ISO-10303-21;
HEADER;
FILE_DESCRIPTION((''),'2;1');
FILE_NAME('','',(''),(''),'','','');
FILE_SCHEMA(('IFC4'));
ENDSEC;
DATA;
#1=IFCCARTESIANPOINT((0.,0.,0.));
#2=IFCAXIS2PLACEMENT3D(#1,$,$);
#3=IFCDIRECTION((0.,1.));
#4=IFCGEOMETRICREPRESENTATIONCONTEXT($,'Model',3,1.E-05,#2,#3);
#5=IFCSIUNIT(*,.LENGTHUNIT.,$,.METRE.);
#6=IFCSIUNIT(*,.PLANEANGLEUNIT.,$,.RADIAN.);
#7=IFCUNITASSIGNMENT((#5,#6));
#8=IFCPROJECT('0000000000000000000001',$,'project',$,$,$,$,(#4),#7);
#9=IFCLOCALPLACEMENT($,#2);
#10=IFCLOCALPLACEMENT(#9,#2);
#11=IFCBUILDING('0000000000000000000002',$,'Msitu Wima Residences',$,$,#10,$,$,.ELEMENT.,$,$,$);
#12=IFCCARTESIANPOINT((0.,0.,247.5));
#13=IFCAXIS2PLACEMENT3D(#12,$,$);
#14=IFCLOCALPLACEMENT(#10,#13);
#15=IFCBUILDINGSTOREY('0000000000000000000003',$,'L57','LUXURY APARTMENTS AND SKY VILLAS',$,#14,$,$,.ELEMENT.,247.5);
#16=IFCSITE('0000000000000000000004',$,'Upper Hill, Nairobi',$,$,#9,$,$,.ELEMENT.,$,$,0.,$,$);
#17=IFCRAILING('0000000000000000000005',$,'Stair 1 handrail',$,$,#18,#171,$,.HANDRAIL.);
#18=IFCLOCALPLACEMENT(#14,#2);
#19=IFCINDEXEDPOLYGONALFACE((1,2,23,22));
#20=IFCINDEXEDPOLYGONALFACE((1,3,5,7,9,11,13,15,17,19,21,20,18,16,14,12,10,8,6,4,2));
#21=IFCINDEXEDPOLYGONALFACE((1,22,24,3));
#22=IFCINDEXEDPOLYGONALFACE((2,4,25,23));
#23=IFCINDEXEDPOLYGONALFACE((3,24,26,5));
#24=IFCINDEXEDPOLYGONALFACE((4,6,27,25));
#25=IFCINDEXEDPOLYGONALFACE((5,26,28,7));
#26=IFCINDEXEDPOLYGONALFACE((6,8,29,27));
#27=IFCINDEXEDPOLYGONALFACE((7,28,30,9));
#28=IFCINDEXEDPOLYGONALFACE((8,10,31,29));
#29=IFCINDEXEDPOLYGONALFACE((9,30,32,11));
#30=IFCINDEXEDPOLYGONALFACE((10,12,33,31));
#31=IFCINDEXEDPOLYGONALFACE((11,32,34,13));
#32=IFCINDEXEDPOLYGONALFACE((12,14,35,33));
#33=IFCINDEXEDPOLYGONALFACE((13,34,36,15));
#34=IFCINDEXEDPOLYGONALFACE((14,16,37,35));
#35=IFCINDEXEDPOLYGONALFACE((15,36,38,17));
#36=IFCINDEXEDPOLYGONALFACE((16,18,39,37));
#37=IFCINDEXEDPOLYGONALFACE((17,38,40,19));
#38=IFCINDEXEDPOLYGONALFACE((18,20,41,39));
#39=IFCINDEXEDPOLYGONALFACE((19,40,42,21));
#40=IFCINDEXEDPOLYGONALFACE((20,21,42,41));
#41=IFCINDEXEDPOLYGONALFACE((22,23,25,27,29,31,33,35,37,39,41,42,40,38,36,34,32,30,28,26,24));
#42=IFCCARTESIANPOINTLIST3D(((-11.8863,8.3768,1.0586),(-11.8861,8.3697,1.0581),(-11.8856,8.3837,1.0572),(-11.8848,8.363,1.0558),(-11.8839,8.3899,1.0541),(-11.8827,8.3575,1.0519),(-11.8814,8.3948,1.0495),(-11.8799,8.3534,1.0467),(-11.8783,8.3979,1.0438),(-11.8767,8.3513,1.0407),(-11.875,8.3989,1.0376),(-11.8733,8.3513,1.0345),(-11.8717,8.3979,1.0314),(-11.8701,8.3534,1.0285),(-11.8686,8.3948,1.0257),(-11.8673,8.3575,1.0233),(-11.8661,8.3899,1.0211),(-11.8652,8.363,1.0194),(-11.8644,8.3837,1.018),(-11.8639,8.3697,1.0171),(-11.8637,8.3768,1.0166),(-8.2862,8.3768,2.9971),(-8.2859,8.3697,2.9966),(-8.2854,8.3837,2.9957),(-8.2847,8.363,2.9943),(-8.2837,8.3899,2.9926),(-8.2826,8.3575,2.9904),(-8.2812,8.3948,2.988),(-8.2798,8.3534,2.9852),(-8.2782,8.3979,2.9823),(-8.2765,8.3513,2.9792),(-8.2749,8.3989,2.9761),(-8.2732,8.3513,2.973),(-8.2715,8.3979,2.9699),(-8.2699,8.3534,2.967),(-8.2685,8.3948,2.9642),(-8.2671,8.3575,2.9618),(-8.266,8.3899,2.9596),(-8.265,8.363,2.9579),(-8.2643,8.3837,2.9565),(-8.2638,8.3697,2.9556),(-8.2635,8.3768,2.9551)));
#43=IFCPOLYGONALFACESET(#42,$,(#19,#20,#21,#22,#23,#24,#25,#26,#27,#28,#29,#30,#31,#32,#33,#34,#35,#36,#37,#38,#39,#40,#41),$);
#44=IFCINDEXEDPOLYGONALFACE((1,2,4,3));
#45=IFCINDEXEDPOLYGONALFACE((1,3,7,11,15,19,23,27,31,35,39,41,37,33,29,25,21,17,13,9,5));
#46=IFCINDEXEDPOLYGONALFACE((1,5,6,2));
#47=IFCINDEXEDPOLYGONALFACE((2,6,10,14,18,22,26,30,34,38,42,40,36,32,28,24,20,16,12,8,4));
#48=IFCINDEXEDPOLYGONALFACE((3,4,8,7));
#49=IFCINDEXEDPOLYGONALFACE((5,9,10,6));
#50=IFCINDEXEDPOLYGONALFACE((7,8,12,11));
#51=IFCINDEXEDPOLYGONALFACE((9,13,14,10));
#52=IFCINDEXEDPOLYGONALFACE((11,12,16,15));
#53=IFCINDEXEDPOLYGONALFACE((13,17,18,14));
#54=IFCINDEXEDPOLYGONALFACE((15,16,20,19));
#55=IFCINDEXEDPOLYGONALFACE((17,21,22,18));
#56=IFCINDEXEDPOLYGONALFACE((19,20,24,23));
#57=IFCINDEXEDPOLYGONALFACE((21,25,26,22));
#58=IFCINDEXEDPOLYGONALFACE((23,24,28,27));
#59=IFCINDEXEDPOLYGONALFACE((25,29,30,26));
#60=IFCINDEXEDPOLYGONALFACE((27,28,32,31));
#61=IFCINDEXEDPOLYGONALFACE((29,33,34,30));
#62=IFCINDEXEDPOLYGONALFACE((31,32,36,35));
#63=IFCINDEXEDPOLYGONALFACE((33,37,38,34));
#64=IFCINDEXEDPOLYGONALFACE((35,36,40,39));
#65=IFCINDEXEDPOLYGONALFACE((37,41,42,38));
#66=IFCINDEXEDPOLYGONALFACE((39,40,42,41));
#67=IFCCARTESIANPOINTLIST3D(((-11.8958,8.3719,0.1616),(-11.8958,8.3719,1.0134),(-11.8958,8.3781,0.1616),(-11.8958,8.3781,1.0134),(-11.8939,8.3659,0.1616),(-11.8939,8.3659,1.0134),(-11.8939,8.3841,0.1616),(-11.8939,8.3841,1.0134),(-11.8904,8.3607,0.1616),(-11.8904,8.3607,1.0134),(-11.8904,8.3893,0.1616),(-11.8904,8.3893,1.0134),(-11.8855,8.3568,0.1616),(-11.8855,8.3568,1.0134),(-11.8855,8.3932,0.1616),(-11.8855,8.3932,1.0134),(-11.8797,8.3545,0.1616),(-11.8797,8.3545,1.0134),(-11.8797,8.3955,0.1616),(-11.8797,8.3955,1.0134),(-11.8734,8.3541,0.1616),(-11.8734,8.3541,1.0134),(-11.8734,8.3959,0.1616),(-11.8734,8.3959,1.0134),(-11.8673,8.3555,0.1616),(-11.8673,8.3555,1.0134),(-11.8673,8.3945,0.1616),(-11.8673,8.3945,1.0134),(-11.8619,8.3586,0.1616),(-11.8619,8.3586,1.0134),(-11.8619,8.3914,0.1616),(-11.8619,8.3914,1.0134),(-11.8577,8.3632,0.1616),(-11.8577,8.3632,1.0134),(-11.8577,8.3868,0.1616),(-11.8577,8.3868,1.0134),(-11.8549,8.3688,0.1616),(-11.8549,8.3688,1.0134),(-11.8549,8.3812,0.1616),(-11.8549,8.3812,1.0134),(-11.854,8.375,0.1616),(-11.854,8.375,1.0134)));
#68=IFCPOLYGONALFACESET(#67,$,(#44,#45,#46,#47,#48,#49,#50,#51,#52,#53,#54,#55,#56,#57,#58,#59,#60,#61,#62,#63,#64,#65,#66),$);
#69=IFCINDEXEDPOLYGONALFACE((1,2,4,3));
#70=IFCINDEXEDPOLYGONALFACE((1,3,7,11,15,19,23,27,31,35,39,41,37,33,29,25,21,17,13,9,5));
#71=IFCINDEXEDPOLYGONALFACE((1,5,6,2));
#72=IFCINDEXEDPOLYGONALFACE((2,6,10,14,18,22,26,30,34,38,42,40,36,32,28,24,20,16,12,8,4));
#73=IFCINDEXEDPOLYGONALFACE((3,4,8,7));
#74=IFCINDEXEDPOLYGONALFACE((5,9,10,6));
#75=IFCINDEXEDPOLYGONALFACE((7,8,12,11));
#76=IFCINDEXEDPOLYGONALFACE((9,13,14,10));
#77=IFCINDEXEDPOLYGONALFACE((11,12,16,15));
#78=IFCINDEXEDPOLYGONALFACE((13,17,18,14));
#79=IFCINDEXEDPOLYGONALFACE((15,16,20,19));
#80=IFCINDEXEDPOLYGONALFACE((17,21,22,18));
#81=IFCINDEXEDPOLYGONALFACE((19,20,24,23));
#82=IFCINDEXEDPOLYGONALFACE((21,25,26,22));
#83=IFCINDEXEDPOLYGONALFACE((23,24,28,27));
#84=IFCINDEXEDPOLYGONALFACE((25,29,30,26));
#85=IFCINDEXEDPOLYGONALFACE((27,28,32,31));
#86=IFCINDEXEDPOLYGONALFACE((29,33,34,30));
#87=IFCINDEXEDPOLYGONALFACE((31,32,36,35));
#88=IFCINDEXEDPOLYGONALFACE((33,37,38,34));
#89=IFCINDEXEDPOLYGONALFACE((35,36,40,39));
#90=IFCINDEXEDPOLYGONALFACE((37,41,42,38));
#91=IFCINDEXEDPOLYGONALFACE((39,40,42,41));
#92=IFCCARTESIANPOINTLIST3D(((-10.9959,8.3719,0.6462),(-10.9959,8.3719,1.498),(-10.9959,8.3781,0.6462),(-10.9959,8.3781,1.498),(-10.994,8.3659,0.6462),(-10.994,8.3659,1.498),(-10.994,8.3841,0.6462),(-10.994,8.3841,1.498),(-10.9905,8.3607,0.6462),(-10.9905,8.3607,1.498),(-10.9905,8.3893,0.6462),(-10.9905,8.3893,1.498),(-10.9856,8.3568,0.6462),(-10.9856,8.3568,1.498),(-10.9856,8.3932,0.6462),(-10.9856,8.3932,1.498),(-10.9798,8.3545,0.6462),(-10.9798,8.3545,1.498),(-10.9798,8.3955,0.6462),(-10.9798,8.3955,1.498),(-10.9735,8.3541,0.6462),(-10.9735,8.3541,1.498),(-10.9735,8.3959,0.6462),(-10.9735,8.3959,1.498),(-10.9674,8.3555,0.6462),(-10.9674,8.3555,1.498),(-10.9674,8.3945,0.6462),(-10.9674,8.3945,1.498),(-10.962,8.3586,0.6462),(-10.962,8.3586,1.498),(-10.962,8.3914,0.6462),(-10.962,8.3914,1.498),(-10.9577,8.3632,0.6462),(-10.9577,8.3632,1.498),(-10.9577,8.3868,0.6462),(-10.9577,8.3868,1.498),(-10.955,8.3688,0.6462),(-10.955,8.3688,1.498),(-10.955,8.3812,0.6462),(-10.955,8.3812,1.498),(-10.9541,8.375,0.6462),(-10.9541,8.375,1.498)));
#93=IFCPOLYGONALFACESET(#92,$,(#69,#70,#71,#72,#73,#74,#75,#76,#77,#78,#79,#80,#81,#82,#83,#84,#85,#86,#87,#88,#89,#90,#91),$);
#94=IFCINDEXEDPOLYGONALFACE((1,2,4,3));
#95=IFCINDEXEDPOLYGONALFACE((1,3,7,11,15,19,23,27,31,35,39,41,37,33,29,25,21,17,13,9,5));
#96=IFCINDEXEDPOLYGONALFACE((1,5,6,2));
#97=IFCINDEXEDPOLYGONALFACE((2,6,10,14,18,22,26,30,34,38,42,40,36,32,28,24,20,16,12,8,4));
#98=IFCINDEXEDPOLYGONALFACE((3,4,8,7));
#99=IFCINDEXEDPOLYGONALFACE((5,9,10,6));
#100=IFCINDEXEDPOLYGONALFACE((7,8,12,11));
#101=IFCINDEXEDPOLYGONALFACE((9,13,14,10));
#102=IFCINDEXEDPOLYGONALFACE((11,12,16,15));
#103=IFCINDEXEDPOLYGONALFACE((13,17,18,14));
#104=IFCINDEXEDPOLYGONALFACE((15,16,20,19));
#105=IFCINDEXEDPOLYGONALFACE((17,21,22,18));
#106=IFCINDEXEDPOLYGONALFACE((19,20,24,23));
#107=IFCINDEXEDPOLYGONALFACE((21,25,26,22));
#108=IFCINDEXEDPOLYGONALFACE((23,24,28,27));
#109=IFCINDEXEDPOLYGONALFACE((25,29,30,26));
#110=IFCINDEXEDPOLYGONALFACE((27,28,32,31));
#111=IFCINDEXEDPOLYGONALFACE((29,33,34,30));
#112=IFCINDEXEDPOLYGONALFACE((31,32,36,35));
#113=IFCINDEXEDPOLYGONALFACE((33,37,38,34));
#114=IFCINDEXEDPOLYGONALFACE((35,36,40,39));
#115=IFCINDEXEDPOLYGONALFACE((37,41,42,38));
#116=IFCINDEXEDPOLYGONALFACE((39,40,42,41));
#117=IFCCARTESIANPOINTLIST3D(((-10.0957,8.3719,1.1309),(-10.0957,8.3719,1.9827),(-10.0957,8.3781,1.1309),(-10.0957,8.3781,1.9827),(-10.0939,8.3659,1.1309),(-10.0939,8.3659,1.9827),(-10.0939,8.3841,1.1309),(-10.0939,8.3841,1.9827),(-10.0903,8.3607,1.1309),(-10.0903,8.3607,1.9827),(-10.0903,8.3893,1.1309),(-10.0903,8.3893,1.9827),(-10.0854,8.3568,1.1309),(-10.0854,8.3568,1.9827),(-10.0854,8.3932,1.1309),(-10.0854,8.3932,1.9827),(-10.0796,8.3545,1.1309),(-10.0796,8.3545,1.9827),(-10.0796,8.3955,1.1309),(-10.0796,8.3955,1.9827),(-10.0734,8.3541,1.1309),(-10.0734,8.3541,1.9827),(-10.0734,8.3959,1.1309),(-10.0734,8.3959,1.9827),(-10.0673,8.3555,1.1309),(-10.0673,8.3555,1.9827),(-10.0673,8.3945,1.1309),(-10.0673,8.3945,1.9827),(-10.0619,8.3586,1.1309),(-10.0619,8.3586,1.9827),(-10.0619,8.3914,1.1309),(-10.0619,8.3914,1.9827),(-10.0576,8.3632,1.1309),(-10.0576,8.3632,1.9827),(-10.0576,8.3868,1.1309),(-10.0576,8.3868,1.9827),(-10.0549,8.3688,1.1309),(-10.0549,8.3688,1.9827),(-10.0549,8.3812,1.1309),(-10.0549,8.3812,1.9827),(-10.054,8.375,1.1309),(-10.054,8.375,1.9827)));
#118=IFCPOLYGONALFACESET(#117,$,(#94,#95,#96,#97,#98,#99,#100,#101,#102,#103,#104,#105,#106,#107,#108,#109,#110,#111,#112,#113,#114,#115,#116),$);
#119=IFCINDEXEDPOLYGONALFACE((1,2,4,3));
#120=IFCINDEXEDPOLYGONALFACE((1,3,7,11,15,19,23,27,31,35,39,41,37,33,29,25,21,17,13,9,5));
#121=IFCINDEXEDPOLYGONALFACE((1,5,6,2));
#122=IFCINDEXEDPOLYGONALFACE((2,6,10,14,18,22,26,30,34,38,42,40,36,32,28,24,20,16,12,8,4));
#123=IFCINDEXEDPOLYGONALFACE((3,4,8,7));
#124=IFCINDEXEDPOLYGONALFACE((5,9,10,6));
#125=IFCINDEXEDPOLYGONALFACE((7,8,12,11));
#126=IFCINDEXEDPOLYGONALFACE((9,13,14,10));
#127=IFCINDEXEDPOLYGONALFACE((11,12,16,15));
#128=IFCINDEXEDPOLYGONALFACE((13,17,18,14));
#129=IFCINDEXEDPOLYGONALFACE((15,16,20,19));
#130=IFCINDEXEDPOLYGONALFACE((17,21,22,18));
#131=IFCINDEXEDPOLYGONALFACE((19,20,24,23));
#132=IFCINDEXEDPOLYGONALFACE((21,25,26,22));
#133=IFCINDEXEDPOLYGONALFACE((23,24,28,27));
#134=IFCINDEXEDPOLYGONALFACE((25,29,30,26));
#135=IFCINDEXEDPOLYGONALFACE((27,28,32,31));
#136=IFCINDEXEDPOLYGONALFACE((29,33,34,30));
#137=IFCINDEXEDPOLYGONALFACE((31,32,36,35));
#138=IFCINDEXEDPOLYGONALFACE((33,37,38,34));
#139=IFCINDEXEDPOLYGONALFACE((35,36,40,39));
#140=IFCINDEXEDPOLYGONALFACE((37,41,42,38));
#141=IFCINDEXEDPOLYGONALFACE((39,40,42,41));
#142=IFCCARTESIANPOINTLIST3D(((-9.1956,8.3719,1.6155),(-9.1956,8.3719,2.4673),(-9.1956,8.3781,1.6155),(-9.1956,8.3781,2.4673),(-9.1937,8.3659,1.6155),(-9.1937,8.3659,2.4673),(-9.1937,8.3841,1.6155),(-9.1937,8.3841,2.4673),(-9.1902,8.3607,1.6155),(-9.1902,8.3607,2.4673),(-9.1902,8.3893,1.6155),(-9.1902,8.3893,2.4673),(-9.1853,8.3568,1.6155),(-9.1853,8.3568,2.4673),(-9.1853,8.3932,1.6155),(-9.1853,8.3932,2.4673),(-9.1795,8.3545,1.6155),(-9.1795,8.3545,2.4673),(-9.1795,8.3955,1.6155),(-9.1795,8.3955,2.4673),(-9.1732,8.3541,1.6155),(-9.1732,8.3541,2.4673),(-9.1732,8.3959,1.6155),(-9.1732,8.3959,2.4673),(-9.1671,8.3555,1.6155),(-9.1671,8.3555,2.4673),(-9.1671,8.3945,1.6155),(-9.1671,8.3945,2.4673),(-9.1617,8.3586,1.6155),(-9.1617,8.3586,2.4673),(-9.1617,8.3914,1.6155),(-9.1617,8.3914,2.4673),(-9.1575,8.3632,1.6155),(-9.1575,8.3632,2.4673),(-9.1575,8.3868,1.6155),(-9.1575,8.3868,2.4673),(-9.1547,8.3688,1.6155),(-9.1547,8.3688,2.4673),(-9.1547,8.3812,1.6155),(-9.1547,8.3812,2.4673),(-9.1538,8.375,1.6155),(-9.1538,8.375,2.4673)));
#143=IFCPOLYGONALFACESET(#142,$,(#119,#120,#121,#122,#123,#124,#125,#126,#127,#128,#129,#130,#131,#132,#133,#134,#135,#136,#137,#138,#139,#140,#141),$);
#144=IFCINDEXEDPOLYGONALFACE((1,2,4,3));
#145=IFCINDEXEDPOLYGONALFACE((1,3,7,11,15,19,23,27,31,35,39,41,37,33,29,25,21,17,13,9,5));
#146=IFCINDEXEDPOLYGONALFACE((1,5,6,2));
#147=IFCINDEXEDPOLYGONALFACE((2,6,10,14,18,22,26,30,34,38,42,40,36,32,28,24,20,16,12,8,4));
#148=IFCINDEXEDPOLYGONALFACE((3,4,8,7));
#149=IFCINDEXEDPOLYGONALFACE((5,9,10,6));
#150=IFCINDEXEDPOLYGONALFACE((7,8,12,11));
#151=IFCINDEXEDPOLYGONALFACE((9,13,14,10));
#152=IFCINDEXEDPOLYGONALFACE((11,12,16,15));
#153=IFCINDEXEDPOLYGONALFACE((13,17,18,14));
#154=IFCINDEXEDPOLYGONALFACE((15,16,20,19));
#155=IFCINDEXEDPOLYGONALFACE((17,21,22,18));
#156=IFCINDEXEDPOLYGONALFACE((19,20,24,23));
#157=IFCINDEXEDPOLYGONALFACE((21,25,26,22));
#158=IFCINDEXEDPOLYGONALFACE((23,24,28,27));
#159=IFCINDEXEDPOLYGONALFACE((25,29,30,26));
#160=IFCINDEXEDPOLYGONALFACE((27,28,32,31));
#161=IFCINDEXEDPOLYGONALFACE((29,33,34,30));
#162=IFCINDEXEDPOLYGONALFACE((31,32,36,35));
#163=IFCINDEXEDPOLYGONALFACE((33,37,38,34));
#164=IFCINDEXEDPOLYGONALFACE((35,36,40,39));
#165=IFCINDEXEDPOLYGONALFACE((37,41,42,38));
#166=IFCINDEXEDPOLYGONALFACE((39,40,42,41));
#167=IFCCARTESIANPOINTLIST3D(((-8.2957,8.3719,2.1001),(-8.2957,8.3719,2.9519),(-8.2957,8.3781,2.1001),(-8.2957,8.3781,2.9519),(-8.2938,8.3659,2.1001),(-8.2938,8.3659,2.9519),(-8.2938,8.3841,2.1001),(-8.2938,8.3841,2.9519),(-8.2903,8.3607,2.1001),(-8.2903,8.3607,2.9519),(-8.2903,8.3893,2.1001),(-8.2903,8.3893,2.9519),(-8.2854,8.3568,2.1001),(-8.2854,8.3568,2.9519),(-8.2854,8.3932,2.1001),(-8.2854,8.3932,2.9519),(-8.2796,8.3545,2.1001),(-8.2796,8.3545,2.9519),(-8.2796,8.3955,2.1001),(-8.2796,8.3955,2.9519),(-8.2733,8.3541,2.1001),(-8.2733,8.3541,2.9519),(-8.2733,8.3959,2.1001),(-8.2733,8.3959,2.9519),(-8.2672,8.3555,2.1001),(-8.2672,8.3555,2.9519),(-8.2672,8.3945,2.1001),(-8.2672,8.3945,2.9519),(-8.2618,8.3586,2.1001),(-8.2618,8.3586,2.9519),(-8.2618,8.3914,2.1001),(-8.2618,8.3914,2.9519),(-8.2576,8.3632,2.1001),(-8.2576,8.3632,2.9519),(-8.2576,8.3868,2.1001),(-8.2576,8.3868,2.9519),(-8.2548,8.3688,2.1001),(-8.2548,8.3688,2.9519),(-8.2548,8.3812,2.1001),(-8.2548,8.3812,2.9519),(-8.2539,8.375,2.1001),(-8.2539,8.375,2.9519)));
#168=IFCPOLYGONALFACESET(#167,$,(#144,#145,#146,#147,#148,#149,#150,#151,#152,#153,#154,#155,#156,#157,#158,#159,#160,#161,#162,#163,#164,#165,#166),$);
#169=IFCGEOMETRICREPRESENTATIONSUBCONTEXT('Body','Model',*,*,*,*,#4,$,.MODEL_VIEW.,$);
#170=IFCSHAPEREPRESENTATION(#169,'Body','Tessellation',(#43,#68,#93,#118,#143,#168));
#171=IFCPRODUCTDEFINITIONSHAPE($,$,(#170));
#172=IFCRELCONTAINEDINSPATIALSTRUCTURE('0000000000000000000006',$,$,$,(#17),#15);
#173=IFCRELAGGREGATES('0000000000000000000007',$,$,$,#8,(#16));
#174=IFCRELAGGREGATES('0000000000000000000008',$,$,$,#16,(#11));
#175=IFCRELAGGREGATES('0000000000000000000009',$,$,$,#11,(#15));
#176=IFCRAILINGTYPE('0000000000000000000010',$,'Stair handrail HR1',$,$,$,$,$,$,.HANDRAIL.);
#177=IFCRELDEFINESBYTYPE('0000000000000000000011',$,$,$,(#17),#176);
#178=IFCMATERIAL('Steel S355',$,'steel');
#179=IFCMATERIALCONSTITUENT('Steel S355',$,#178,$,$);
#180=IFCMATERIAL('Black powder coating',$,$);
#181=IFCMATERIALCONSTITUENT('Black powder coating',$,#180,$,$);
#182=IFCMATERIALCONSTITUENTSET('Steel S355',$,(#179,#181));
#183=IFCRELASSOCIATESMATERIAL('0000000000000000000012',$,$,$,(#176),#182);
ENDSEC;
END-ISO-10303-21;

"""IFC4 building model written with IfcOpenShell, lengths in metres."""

from ifc_helpers import new_model, si_unit, direction, frame, origin, origin_2d, place, context, subcontext, project, spatial, circle, extrude, material, constituent, constituent_set, type_object, element, save


model = new_model("IFC4")

# Units and contexts
model_context = context("Model", 3, precision=1e-05, world=origin(), true_north=direction((0.0, 1.0)))
body_context = subcontext(model_context, "Body", "Model", "MODEL_VIEW")
ifc_project = project(units=[si_unit("LENGTHUNIT", "METRE"), si_unit("PLANEANGLEUNIT", "RADIAN")], contexts=[model_context])

# Site, building, storey
site_placement = place(None, origin())
site = spatial("IfcSite", under=ifc_project, at=site_placement, Name="Upper Hill, Nairobi", CompositionType="ELEMENT", RefElevation=0.0)
building_placement = place(site_placement, origin())
building = spatial("IfcBuilding", under=site, at=building_placement, Name="Msitu Wima Residences", CompositionType="ELEMENT")
storey_placement = place(building_placement, frame((0.0, 0.0, 247.5)))
storey = spatial("IfcBuildingStorey", under=building, at=storey_placement, Name="L57", Description="LUXURY APARTMENTS AND SKY VILLAS", CompositionType="ELEMENT", Elevation=247.5)

# Railing
ifc_material_1 = material(Name="Steel S355", Category="steel")
ifc_constituent_1 = constituent(ifc_material_1, Name="Steel S355")
ifc_material_2 = material(Name="Black powder coating")
ifc_constituent_2 = constituent(ifc_material_2, Name="Black powder coating")
ifc_constituent_set = constituent_set(constituents=[ifc_constituent_1, ifc_constituent_2], Name="Steel S355")
railing_type = type_object("IfcRailingType", Name="Stair handrail HR1", PredefinedType="HANDRAIL", material=ifc_constituent_set)
for number, where, name in (
    (1, (-11.875, 8.375, 0.1616), "Stair 1 handrail"),
):
    element("IfcRailing", number, at=place(storey_placement, frame(where)), inside=storey, type_object=railing_type, Name=name, PredefinedType="HANDRAIL", context=body_context, shape_type="SweptSolid", body=[
        extrude(circle(Radius=0.0239, at=origin_2d()), frame((0.0, 0.0, 0.876), z_axis=(0.880475, 0.0, 0.474093), x_axis=(0.0, 1.0, 0.0)), (0.0, 0.0, 1.0), 4.0889),
        extrude(circle(Radius=0.021, at=origin_2d()), origin(), (0.0, 0.0, 1.0), 0.8518),
        extrude(circle(Radius=0.021, at=origin_2d()), frame((0.8999, 0.0, 0.4846)), (0.0, 0.0, 1.0), 0.8518),
        extrude(circle(Radius=0.021, at=origin_2d()), frame((1.8, 0.0, 0.9692)), (0.0, 0.0, 1.0), 0.8518),
        extrude(circle(Radius=0.021, at=origin_2d()), frame((2.7002, 0.0, 1.4539)), (0.0, 0.0, 1.0), 0.8518),
        extrude(circle(Radius=0.021, at=origin_2d()), frame((3.6001, 0.0, 1.9385)), (0.0, 0.0, 1.0), 0.8518),
    ])

save(model, "model.ifc")
